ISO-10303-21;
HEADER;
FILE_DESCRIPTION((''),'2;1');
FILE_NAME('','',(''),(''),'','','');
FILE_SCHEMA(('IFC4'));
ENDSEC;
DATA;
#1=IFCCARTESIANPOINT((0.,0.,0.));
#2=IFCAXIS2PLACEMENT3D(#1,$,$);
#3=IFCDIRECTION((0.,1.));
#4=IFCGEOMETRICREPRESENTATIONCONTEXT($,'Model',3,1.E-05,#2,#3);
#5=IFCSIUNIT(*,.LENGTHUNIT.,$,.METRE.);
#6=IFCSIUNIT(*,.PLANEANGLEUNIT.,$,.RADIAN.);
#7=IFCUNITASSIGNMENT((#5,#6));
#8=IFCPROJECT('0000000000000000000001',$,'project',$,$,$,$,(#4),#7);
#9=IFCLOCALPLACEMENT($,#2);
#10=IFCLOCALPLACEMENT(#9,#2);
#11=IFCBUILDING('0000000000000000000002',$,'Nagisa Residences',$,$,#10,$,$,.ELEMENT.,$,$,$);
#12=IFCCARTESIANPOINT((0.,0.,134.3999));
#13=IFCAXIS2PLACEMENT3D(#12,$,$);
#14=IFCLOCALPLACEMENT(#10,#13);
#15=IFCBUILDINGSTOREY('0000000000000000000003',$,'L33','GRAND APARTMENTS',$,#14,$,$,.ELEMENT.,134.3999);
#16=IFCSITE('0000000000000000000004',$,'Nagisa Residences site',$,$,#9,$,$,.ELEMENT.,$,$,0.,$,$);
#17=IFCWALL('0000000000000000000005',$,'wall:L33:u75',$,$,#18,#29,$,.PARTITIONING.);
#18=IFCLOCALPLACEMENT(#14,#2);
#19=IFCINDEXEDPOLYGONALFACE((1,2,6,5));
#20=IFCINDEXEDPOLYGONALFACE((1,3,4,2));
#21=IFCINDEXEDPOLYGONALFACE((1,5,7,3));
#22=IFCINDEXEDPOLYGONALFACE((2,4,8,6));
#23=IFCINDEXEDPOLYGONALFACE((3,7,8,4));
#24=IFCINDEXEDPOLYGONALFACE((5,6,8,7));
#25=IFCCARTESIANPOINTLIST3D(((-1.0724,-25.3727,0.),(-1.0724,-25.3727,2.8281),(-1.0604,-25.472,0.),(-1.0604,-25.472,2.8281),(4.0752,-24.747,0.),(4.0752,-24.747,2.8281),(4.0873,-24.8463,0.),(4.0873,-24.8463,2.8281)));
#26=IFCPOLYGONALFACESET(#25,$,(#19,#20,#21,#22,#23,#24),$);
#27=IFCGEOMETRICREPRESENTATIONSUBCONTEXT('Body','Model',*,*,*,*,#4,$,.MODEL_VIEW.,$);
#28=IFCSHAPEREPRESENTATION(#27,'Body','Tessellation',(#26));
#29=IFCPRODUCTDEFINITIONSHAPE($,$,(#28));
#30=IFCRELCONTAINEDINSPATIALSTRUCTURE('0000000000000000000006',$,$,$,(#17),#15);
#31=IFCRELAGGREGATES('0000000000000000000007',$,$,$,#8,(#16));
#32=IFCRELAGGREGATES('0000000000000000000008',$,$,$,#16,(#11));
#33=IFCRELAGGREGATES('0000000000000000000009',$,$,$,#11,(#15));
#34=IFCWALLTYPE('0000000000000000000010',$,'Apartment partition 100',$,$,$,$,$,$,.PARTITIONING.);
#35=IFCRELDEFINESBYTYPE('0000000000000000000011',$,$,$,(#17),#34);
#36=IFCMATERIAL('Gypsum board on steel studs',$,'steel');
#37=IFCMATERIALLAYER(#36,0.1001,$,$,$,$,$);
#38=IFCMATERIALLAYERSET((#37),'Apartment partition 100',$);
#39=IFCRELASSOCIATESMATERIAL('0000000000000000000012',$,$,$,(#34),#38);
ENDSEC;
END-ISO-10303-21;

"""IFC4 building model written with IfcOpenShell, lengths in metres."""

from ifc_helpers import new_model, si_unit, direction, frame, frame_2d, origin, place, context, subcontext, project, spatial, rectangle, extrude, material, layer, layer_set, type_object, element, save


model = new_model("IFC4")

# Units and contexts
model_context = context("Model", 3, precision=1e-05, world=origin(), true_north=direction((0.0, 1.0)))
body_context = subcontext(model_context, "Body", "Model", "MODEL_VIEW")
ifc_project = project(units=[si_unit("LENGTHUNIT", "METRE"), si_unit("PLANEANGLEUNIT", "RADIAN")], contexts=[model_context])

# Site, building, storey
site_placement = place(None, origin())
site = spatial("IfcSite", under=ifc_project, at=site_placement, Name="Nagisa Residences site", CompositionType="ELEMENT", RefElevation=0.0)
building_placement = place(site_placement, origin())
building = spatial("IfcBuilding", under=site, at=building_placement, Name="Nagisa Residences", CompositionType="ELEMENT")
storey_placement = place(building_placement, frame((0.0, 0.0, 134.3999)))
storey = spatial("IfcBuildingStorey", under=building, at=storey_placement, Name="L33", Description="GRAND APARTMENTS", CompositionType="ELEMENT", Elevation=134.3999)

# Shared definitions
ifc_material_1 = material(Name="Gypsum board on steel studs", Category="steel")
ifc_layer_1 = layer(ifc_material_1, 0.1001)
ifc_layer_set_1 = layer_set([ifc_layer_1], Name="Apartment partition 100")
wall_type_1 = type_object("IfcWallType", Name="Apartment partition 100", PredefinedType="PARTITIONING", material=ifc_layer_set_1)

# Wall
wall_1_placement = place(storey_placement, frame((-1.0664, -25.4224, 0.0), z_axis=(0.0, 0.0, 1.0), x_axis=(0.992693, 0.120667, 0.0)))
element("IfcWall", 1, at=wall_1_placement, inside=storey, type_object=wall_type_1, Name="wall:L33:u75", PredefinedType="PARTITIONING", context=body_context, shape_type="SweptSolid", body=[
    extrude(rectangle(XDim=5.1855, YDim=0.1001, at=frame_2d((2.5928, 0.0))), origin(), (0.0, 0.0, 1.0), 2.8281),
])

save(model, "model.ifc")
